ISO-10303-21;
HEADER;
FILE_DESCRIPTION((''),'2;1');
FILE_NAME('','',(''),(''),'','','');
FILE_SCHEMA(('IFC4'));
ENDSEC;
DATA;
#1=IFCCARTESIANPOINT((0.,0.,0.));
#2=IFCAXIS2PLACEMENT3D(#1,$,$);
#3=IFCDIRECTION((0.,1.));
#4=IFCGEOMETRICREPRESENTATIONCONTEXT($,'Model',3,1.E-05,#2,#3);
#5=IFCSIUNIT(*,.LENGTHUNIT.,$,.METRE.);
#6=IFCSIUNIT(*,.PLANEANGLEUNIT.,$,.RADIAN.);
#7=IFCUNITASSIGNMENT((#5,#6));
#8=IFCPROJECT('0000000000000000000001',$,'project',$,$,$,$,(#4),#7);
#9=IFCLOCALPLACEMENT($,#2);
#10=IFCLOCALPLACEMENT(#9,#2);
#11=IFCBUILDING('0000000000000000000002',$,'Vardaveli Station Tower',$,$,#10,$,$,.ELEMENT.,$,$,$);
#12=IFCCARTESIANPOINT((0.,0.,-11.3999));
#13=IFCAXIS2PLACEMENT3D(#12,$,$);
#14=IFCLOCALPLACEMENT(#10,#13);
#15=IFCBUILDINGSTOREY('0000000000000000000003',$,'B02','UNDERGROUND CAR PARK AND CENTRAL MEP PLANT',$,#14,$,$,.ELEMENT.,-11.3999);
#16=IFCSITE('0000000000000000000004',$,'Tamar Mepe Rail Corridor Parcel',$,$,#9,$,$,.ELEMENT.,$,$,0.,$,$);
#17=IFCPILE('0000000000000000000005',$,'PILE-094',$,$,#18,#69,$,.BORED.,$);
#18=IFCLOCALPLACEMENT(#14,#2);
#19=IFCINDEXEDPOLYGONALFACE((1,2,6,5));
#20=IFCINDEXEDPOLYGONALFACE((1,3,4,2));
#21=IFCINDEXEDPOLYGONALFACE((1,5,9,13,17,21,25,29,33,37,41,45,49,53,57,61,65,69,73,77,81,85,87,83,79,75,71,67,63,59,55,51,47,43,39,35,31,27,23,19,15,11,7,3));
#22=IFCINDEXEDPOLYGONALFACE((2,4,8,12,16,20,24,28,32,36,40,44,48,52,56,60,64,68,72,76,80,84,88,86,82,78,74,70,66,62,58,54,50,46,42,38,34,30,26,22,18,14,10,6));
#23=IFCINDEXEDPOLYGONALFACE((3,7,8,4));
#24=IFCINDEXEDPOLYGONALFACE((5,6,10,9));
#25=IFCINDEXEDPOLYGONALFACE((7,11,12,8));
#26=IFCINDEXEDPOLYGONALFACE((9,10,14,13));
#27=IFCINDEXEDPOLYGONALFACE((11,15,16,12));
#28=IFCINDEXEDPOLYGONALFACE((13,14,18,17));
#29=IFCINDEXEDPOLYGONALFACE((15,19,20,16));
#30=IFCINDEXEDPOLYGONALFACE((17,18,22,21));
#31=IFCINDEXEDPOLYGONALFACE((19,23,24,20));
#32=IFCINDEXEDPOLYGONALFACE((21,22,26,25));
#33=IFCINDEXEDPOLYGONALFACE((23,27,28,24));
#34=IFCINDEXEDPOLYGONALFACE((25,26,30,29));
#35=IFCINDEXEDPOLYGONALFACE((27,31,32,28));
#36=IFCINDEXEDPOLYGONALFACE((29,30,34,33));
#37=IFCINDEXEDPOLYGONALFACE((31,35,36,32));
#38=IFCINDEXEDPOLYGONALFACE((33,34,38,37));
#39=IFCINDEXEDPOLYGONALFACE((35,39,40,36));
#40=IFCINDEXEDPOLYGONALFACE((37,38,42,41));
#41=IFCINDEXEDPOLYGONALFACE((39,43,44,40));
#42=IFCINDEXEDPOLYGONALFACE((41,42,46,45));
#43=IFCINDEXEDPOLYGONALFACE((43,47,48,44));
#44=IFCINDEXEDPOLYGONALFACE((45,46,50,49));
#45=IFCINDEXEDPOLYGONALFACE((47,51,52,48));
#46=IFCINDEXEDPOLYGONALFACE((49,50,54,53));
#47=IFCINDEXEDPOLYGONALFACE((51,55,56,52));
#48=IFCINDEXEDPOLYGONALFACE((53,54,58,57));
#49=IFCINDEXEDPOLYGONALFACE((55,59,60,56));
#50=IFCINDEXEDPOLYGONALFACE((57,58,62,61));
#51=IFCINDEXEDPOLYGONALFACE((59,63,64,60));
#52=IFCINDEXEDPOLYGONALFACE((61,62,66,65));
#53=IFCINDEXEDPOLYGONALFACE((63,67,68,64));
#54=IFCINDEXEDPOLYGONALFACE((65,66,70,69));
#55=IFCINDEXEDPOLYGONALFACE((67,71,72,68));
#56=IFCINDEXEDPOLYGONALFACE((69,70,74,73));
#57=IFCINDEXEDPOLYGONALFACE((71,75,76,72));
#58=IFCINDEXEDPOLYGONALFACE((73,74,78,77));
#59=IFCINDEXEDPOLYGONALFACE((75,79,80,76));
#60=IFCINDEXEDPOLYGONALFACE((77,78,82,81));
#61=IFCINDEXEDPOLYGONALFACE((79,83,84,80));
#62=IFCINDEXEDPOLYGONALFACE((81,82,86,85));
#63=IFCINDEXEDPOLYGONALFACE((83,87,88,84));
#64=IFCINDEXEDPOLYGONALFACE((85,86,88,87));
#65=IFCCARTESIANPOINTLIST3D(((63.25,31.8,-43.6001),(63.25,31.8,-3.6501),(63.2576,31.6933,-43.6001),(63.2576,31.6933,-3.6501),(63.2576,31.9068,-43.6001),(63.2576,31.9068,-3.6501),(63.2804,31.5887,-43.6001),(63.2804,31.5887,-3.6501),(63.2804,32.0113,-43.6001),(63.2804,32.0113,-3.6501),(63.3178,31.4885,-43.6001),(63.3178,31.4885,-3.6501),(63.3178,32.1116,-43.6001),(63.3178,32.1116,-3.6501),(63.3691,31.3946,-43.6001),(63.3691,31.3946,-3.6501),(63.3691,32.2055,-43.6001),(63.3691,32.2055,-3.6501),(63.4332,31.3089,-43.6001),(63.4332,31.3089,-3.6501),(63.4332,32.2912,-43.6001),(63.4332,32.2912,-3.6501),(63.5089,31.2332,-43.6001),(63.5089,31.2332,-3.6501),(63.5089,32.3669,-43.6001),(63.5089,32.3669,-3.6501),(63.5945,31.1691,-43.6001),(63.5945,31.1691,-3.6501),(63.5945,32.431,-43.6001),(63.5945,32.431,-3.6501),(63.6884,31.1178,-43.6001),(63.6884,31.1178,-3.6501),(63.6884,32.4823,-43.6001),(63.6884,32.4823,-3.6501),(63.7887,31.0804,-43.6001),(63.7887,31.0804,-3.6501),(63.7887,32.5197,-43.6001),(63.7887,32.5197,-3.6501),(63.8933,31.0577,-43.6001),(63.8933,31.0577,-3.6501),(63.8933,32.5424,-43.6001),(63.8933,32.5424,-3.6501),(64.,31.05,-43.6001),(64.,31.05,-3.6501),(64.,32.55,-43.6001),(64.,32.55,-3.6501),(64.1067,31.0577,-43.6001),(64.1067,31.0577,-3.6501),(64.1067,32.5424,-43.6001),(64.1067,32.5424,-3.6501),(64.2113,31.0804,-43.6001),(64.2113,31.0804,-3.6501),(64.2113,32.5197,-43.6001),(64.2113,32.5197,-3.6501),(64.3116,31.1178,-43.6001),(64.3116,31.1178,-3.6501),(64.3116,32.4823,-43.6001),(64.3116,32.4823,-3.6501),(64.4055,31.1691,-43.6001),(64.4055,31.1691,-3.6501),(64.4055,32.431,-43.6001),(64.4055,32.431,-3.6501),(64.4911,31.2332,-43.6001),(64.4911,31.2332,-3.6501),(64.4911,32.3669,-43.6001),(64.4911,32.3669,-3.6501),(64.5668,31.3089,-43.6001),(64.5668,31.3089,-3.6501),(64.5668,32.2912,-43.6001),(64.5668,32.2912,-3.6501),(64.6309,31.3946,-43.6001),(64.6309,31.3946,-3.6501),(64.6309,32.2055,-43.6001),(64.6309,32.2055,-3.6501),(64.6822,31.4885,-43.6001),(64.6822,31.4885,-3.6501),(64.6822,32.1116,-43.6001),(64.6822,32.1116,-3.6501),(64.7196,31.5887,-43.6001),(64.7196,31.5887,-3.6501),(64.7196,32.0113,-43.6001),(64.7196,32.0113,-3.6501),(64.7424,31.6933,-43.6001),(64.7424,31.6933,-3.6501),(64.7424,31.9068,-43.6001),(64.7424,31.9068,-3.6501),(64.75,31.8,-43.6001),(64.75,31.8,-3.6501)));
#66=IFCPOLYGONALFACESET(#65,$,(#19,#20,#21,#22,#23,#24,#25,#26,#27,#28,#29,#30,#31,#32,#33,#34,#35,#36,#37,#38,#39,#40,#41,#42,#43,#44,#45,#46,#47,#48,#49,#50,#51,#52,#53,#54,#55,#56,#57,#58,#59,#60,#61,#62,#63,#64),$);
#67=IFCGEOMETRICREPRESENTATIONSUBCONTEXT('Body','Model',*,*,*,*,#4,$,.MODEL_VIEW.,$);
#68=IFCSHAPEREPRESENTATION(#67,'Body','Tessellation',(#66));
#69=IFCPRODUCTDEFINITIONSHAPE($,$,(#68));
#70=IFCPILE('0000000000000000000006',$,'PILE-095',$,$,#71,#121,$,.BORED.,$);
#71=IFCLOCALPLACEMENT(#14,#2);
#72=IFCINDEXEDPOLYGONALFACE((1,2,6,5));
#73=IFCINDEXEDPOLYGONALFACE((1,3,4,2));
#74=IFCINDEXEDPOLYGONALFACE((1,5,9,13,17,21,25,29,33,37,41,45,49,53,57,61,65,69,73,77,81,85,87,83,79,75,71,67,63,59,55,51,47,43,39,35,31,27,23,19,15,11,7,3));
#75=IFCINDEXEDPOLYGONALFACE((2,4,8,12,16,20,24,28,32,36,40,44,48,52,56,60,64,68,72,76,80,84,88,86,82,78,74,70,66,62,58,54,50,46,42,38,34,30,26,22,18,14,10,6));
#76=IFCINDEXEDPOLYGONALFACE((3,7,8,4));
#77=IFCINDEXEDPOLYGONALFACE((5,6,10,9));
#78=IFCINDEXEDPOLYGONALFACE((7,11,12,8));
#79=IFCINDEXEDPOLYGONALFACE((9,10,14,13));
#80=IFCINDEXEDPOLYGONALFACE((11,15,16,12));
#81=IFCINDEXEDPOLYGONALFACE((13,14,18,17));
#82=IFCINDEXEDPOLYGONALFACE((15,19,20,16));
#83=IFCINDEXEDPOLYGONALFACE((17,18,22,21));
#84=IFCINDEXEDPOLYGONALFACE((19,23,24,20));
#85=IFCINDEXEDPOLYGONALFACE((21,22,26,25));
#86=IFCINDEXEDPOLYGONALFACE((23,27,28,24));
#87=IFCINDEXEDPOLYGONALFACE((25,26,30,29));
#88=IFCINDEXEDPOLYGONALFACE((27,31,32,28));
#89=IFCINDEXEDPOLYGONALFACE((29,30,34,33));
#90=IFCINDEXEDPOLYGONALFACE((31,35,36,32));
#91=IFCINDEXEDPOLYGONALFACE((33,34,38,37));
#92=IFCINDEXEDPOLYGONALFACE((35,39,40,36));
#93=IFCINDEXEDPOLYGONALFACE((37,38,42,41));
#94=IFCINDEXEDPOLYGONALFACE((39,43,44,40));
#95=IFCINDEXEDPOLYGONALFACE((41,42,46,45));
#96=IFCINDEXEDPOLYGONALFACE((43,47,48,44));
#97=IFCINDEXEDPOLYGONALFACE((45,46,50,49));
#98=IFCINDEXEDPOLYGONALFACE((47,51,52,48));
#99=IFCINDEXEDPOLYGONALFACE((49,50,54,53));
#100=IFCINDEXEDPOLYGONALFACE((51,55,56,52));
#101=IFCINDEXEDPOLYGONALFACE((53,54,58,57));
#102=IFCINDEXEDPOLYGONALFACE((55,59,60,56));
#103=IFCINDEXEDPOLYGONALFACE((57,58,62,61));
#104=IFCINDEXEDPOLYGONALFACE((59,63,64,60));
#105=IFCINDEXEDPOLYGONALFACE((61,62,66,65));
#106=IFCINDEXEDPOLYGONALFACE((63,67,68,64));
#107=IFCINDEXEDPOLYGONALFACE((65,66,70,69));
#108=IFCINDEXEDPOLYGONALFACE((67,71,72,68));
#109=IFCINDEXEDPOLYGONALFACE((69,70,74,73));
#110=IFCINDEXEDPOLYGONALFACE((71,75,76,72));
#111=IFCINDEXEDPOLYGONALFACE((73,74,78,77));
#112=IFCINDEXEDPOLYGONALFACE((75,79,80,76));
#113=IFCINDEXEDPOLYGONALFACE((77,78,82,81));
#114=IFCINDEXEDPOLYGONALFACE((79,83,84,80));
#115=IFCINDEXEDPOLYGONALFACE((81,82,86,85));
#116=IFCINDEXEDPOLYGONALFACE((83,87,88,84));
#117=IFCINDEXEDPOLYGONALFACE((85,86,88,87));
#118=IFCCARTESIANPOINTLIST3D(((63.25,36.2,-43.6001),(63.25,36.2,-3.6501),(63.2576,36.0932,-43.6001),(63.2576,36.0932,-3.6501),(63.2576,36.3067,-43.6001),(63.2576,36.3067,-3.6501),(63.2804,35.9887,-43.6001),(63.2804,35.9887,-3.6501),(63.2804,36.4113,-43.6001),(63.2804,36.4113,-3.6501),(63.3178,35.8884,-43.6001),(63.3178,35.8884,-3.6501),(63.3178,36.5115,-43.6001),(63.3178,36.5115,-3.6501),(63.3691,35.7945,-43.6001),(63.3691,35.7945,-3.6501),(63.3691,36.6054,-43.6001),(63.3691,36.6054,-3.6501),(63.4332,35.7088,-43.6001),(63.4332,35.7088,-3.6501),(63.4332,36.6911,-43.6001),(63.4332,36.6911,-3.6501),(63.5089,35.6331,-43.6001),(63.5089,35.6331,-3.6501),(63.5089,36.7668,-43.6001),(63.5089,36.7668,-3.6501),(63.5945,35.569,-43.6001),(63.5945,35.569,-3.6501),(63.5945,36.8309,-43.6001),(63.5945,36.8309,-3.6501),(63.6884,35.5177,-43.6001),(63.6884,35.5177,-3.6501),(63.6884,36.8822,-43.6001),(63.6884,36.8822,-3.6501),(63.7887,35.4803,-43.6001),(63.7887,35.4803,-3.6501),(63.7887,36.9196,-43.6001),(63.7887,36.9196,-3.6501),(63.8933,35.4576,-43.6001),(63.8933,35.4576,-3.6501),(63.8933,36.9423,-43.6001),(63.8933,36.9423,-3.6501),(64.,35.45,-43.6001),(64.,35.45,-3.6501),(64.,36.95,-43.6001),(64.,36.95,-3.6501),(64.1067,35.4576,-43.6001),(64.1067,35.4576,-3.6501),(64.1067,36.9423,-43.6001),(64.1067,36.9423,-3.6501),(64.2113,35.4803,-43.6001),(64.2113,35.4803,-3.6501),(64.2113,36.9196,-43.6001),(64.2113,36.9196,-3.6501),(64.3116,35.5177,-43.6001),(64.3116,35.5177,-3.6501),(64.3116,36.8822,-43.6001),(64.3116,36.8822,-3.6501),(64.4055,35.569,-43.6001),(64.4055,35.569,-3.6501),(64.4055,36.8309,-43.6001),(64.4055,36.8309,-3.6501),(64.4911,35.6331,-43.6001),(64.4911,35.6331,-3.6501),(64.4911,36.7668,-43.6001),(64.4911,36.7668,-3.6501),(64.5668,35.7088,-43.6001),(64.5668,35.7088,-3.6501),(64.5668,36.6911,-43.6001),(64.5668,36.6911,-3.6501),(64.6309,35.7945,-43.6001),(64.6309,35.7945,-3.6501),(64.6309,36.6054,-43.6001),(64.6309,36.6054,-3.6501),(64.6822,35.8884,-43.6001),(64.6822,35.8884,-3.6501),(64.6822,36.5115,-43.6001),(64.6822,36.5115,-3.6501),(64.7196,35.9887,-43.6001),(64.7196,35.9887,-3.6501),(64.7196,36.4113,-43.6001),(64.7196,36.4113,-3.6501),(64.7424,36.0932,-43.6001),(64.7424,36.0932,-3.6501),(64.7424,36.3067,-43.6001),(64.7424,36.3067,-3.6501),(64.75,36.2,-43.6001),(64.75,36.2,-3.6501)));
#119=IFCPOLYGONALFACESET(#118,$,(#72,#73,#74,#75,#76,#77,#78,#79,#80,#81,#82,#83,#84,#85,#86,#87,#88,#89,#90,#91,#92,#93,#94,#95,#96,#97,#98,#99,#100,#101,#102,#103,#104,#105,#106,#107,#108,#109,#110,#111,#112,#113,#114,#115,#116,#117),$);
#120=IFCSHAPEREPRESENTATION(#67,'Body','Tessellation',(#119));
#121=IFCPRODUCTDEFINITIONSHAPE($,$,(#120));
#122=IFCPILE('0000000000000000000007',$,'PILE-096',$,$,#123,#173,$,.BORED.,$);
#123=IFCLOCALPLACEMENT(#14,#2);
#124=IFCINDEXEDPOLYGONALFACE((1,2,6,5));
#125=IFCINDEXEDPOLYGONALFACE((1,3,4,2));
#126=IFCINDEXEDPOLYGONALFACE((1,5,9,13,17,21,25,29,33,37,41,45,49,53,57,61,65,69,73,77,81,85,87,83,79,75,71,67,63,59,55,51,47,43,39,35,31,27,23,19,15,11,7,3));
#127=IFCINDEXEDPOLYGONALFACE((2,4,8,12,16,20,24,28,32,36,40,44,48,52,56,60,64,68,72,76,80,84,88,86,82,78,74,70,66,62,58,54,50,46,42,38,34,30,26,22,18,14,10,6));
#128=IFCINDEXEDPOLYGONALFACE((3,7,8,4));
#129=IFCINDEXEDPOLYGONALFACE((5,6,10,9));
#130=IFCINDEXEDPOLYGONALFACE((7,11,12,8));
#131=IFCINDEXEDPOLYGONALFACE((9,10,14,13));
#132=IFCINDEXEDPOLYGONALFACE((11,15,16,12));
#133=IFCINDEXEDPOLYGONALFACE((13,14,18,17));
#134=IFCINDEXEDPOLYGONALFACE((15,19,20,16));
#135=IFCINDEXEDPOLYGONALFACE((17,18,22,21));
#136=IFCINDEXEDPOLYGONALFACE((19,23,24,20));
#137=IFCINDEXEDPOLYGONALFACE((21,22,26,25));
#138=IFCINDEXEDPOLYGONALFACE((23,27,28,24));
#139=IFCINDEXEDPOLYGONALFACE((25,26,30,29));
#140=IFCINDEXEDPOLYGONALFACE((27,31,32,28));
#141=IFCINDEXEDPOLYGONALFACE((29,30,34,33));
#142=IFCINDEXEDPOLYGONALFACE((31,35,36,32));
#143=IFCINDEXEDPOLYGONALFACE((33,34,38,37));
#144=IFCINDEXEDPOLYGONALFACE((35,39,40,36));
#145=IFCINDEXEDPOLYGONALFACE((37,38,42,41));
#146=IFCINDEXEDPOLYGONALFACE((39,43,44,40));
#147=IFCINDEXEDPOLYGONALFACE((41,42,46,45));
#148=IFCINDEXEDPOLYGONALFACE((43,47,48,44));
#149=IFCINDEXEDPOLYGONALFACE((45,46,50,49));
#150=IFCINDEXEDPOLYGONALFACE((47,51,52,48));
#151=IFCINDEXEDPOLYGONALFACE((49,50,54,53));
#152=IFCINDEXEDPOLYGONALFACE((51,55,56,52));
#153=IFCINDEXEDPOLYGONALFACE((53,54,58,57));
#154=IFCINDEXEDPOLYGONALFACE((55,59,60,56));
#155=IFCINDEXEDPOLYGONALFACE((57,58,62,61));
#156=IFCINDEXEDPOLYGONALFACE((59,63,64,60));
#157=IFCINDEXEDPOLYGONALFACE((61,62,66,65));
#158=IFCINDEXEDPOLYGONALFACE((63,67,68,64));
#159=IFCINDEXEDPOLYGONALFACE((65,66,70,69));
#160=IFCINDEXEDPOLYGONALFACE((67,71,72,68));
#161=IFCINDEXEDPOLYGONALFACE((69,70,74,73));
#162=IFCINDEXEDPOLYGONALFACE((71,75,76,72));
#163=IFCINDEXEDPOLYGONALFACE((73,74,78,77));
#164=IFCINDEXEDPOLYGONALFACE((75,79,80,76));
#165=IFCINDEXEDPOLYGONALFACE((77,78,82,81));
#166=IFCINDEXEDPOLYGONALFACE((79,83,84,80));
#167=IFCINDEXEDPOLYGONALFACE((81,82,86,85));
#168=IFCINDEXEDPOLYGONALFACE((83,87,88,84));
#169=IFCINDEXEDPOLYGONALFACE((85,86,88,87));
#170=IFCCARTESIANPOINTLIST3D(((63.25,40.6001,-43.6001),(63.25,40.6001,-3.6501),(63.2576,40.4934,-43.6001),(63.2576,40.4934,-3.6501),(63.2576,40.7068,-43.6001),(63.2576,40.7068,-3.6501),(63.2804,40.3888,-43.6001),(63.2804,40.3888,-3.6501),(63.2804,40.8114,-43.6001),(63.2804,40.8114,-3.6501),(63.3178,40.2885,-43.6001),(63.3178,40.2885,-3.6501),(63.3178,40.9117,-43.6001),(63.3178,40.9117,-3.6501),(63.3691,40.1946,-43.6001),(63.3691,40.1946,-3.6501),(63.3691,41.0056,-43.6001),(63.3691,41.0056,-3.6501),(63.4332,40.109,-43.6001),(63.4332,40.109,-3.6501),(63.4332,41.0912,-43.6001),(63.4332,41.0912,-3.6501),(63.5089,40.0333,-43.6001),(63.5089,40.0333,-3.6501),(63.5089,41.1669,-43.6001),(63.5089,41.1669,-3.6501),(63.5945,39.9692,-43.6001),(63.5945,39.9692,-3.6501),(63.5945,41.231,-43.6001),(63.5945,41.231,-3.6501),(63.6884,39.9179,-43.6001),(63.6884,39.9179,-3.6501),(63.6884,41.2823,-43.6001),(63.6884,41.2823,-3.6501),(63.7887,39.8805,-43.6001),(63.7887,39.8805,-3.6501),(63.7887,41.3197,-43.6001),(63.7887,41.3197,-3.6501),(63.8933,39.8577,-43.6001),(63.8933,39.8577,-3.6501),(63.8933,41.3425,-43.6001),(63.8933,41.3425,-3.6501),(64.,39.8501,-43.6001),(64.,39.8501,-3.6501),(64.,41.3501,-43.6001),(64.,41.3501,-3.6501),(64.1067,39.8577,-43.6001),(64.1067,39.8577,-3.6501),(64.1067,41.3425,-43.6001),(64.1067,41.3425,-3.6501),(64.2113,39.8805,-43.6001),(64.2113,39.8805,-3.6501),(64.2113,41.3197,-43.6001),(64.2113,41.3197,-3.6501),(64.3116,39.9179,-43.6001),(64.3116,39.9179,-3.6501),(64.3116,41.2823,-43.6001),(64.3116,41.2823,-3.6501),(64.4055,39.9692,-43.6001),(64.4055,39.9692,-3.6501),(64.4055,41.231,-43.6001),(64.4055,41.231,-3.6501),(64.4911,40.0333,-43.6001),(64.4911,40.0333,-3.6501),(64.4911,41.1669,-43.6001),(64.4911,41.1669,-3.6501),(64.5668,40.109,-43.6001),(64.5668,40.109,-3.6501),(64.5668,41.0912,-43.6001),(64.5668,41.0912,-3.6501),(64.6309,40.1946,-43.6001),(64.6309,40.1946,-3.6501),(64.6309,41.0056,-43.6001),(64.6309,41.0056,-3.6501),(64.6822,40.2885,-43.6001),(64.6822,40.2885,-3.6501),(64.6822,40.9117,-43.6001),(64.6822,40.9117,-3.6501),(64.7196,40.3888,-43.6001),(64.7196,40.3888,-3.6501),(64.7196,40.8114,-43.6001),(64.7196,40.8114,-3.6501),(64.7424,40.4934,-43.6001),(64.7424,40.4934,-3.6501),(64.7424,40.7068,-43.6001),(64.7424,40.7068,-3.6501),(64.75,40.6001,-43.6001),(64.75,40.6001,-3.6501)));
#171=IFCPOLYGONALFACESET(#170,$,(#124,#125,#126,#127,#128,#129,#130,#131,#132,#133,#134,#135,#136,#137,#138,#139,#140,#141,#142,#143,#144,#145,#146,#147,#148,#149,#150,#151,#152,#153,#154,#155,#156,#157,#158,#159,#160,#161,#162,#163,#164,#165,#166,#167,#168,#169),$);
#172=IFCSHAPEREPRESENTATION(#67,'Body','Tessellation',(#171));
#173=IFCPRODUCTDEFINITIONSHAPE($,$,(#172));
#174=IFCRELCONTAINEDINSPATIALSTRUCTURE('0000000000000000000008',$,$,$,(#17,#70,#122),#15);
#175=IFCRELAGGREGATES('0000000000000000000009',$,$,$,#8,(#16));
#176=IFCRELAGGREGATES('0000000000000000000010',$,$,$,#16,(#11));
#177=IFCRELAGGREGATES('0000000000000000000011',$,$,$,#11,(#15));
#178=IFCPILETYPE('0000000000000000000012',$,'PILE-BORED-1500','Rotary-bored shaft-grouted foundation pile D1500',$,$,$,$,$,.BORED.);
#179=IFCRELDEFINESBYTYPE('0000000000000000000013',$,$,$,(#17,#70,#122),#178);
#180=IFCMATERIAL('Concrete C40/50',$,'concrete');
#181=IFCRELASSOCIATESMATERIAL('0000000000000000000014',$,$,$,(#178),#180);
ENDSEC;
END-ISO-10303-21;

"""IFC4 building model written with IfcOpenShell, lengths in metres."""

from ifc_helpers import new_model, si_unit, direction, frame, origin, origin_2d, place, context, subcontext, project, spatial, circle, extrude, source, transform, mapped, material, material_profile, profile_set, type_object, element, save


model = new_model("IFC4")

# Units and contexts
model_context = context("Model", 3, precision=1e-05, world=origin(), true_north=direction((0.0, 1.0)))
body_context = subcontext(model_context, "Body", "Model", "MODEL_VIEW")
ifc_project = project(units=[si_unit("LENGTHUNIT", "METRE"), si_unit("PLANEANGLEUNIT", "RADIAN")], contexts=[model_context])

# Site, building, storey
site_placement = place(None, origin())
site = spatial("IfcSite", under=ifc_project, at=site_placement, Name="Tamar Mepe Rail Corridor Parcel", CompositionType="ELEMENT", RefElevation=0.0)
building_placement = place(site_placement, origin())
building = spatial("IfcBuilding", under=site, at=building_placement, Name="Vardaveli Station Tower", CompositionType="ELEMENT")
storey_placement = place(building_placement, frame((0.0, 0.0, -11.3999)))
storey = spatial("IfcBuildingStorey", under=building, at=storey_placement, Name="B02", Description="UNDERGROUND CAR PARK AND CENTRAL MEP PLANT", CompositionType="ELEMENT", Elevation=-11.3999)

# Piles
ifc_material_1 = material(Name="Concrete C40/50", Category="concrete")
ifc_material_profile_1 = material_profile(ifc_material_1, circle(Radius=0.75, at=origin_2d()), Name="PILE D1500")
ifc_profile_set_1 = profile_set([ifc_material_profile_1], Name="Concrete C40/50")
pile_type_1 = type_object("IfcPileType", Name="PILE-BORED-1500", Description="Rotary-bored shaft-grouted foundation pile D1500", PredefinedType="BORED", material=ifc_profile_set_1)
shared_shape_1 = source(origin(), body_context, "Body", "SweptSolid", [
    extrude(circle(Radius=0.75, at=origin_2d()), origin(), (0.0, 0.0, 1.0), 39.95),
])
for number, where, z_axis, x_axis, name in (
    (1, (64.0, 31.8, -3.6501), (0.0, 0.0, -1.0), (1.0, 0.0, 0.0), "PILE-094"),
    (2, (64.0, 36.2, -3.6501), (0.0, 0.0, -1.0), (1.0, 0.0, 0.0), "PILE-095"),
    (3, (64.0, 40.6001, -3.6501), (0.0, 0.0, -1.0), (1.0, 0.0, 0.0), "PILE-096"),
):
    element("IfcPile", number, at=place(storey_placement, frame(where, z_axis=z_axis, x_axis=x_axis)), inside=storey, type_object=pile_type_1, Name=name, PredefinedType="BORED", context=body_context, shape_type="MappedRepresentation", body=[
        mapped(shared_shape_1, transform((0.0, 0.0, 0.0), scale=1.0)),
    ])

save(model, "model.ifc")
